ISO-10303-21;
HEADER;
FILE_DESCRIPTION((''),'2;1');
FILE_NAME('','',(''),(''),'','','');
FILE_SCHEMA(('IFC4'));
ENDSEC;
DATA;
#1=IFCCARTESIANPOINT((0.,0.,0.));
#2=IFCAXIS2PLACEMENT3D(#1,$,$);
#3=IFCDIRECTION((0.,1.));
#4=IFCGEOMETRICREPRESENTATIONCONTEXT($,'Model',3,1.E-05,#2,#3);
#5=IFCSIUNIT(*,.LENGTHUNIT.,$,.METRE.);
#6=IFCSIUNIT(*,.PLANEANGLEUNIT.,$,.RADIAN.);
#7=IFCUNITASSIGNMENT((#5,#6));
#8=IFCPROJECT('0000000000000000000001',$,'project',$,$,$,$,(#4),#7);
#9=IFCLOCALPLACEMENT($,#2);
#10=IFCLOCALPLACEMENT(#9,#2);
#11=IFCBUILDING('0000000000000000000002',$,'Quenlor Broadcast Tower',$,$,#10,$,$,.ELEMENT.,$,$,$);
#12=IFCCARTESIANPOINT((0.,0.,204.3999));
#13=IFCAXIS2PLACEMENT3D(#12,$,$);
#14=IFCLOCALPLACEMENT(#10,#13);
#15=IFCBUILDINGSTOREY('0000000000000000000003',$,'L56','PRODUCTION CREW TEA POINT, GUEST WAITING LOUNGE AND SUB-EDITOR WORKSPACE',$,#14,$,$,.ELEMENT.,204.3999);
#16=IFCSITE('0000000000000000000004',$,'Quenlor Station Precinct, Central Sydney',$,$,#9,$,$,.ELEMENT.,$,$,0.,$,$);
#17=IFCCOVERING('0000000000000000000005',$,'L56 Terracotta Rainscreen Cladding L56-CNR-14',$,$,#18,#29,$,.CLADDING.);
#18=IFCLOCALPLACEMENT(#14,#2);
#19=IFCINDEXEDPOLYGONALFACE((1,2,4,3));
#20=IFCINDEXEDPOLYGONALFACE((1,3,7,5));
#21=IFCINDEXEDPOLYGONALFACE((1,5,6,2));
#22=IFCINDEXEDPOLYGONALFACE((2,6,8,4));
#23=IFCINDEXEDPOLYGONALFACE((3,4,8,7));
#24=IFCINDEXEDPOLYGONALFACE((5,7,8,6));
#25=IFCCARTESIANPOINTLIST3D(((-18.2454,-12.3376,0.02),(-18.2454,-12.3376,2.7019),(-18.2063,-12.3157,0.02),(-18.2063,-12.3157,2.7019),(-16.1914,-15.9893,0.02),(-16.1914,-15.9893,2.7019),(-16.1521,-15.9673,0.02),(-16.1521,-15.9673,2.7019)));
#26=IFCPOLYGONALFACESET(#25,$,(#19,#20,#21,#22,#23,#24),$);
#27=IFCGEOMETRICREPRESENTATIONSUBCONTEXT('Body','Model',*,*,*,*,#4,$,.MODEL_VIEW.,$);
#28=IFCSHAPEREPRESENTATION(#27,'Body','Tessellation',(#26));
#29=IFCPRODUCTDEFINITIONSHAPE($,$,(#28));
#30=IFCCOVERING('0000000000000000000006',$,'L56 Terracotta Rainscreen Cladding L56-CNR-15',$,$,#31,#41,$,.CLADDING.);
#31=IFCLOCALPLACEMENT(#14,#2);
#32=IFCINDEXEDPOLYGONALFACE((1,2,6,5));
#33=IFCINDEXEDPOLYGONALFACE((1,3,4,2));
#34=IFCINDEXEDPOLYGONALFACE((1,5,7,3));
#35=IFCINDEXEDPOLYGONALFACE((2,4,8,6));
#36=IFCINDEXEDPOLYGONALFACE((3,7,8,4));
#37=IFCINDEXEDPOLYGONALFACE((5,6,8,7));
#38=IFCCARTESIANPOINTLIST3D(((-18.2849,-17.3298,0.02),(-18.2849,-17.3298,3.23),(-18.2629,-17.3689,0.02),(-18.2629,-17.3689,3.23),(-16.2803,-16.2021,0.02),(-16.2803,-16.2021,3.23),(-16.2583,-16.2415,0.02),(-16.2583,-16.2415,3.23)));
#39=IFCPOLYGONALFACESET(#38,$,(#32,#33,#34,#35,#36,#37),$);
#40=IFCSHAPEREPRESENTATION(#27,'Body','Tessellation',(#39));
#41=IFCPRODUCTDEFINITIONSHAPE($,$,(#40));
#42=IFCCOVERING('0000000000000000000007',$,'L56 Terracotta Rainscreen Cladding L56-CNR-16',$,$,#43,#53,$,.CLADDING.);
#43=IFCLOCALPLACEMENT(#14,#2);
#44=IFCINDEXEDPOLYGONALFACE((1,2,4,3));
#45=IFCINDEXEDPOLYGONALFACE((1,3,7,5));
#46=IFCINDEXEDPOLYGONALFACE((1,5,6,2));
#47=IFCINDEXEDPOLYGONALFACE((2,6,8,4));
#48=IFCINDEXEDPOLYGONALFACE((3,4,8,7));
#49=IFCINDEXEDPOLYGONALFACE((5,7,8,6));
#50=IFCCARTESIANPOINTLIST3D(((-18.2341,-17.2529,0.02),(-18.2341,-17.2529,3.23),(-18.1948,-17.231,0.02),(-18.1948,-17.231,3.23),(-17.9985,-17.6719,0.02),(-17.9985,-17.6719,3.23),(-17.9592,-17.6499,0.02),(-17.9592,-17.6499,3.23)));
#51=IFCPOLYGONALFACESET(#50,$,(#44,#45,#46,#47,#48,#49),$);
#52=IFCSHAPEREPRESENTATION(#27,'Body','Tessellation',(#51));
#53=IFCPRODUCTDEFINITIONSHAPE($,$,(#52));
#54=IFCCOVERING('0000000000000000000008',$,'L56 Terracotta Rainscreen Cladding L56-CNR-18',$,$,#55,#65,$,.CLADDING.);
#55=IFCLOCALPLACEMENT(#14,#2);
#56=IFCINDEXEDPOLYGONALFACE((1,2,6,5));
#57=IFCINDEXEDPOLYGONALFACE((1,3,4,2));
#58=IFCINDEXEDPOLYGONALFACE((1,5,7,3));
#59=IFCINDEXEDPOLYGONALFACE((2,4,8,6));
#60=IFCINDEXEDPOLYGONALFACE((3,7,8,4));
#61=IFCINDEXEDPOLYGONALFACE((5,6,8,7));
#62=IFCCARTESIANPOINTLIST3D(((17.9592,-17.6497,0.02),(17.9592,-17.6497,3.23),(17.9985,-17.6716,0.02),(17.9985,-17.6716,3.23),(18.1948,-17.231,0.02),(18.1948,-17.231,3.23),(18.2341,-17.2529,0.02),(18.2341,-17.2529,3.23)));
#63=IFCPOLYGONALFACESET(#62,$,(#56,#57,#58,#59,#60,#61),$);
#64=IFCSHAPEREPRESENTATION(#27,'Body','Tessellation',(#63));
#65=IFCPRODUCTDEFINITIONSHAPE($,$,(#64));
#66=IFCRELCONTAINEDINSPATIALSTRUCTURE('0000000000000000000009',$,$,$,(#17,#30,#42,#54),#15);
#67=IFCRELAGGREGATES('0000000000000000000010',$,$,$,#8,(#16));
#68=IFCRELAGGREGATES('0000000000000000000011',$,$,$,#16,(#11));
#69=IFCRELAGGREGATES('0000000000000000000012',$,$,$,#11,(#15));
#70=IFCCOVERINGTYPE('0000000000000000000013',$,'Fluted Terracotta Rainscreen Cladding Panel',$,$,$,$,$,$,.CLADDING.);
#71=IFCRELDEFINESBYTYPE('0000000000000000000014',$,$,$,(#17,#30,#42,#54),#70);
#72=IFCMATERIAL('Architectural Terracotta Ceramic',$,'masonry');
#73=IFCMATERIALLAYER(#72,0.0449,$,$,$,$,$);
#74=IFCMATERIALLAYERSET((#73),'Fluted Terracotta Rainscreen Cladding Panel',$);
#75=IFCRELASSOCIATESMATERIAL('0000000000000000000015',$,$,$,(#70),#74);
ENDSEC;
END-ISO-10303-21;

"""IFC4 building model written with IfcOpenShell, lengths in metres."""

from ifc_helpers import new_model, si_unit, direction, frame, origin, place, context, subcontext, project, spatial, polyline, outline, extrude, material, layer, layer_set, type_object, element, save


model = new_model("IFC4")

# Units and contexts
model_context = context("Model", 3, precision=1e-05, world=origin(), true_north=direction((0.0, 1.0)))
body_context = subcontext(model_context, "Body", "Model", "MODEL_VIEW")
ifc_project = project(units=[si_unit("LENGTHUNIT", "METRE"), si_unit("PLANEANGLEUNIT", "RADIAN")], contexts=[model_context])

# Site, building, storey
site_placement = place(None, origin())
site = spatial("IfcSite", under=ifc_project, at=site_placement, Name="Quenlor Station Precinct, Central Sydney", CompositionType="ELEMENT", RefElevation=0.0)
building_placement = place(site_placement, origin())
building = spatial("IfcBuilding", under=site, at=building_placement, Name="Quenlor Broadcast Tower", CompositionType="ELEMENT")
storey_placement = place(building_placement, frame((0.0, 0.0, 204.3999)))
storey = spatial("IfcBuildingStorey", under=building, at=storey_placement, Name="L56", Description="PRODUCTION CREW TEA POINT, GUEST WAITING LOUNGE AND SUB-EDITOR WORKSPACE", CompositionType="ELEMENT", Elevation=204.3999)

# Coverings
ifc_material_1 = material(Name="Architectural Terracotta Ceramic", Category="masonry")
ifc_layer_1 = layer(ifc_material_1, 0.0449)
ifc_layer_set_1 = layer_set([ifc_layer_1], Name="Fluted Terracotta Rainscreen Cladding Panel")
covering_type_1 = type_object("IfcCoveringType", Name="Fluted Terracotta Rainscreen Cladding Panel", PredefinedType="CLADDING", material=ifc_layer_set_1)
covering_1_placement = place(storey_placement, frame((0.0, 0.0, 0.02)))
element("IfcCovering", 1, at=covering_1_placement, inside=storey, type_object=covering_type_1, Name="L56 Terracotta Rainscreen Cladding L56-CNR-14", PredefinedType="CLADDING", context=body_context, shape_type="SweptSolid", body=[
    extrude(outline(polyline([(-18.2454, -12.3376), (-16.1914, -15.9893), (-16.1521, -15.9673), (-18.2063, -12.3157), (-18.2454, -12.3376)])), origin(), (0.0, 0.0, 1.0), 2.6819),
])
covering_2_placement = place(storey_placement, frame((0.0, 0.0, 0.02)))
element("IfcCovering", 2, at=covering_2_placement, inside=storey, type_object=covering_type_1, Name="L56 Terracotta Rainscreen Cladding L56-CNR-15", PredefinedType="CLADDING", context=body_context, shape_type="SweptSolid", body=[
    extrude(outline(polyline([(-16.2803, -16.2021), (-18.2849, -17.3298), (-18.2629, -17.3689), (-16.2583, -16.2415), (-16.2803, -16.2021)])), origin(), (0.0, 0.0, 1.0), 3.21),
])
covering_3_placement = place(storey_placement, frame((0.0, 0.0, 0.02)))
element("IfcCovering", 3, at=covering_3_placement, inside=storey, type_object=covering_type_1, Name="L56 Terracotta Rainscreen Cladding L56-CNR-16", PredefinedType="CLADDING", context=body_context, shape_type="SweptSolid", body=[
    extrude(outline(polyline([(-18.2341, -17.2529), (-17.9985, -17.6719), (-17.9592, -17.6499), (-18.1948, -17.231), (-18.2341, -17.2529)])), origin(), (0.0, 0.0, 1.0), 3.21),
])
covering_4_placement = place(storey_placement, frame((0.0, 0.0, 0.02)))
element("IfcCovering", 4, at=covering_4_placement, inside=storey, type_object=covering_type_1, Name="L56 Terracotta Rainscreen Cladding L56-CNR-18", PredefinedType="CLADDING", context=body_context, shape_type="SweptSolid", body=[
    extrude(outline(polyline([(17.9985, -17.6716), (18.2341, -17.2529), (18.1948, -17.231), (17.9592, -17.6497), (17.9985, -17.6716)])), origin(), (0.0, 0.0, 1.0), 3.21),
])

save(model, "model.ifc")
